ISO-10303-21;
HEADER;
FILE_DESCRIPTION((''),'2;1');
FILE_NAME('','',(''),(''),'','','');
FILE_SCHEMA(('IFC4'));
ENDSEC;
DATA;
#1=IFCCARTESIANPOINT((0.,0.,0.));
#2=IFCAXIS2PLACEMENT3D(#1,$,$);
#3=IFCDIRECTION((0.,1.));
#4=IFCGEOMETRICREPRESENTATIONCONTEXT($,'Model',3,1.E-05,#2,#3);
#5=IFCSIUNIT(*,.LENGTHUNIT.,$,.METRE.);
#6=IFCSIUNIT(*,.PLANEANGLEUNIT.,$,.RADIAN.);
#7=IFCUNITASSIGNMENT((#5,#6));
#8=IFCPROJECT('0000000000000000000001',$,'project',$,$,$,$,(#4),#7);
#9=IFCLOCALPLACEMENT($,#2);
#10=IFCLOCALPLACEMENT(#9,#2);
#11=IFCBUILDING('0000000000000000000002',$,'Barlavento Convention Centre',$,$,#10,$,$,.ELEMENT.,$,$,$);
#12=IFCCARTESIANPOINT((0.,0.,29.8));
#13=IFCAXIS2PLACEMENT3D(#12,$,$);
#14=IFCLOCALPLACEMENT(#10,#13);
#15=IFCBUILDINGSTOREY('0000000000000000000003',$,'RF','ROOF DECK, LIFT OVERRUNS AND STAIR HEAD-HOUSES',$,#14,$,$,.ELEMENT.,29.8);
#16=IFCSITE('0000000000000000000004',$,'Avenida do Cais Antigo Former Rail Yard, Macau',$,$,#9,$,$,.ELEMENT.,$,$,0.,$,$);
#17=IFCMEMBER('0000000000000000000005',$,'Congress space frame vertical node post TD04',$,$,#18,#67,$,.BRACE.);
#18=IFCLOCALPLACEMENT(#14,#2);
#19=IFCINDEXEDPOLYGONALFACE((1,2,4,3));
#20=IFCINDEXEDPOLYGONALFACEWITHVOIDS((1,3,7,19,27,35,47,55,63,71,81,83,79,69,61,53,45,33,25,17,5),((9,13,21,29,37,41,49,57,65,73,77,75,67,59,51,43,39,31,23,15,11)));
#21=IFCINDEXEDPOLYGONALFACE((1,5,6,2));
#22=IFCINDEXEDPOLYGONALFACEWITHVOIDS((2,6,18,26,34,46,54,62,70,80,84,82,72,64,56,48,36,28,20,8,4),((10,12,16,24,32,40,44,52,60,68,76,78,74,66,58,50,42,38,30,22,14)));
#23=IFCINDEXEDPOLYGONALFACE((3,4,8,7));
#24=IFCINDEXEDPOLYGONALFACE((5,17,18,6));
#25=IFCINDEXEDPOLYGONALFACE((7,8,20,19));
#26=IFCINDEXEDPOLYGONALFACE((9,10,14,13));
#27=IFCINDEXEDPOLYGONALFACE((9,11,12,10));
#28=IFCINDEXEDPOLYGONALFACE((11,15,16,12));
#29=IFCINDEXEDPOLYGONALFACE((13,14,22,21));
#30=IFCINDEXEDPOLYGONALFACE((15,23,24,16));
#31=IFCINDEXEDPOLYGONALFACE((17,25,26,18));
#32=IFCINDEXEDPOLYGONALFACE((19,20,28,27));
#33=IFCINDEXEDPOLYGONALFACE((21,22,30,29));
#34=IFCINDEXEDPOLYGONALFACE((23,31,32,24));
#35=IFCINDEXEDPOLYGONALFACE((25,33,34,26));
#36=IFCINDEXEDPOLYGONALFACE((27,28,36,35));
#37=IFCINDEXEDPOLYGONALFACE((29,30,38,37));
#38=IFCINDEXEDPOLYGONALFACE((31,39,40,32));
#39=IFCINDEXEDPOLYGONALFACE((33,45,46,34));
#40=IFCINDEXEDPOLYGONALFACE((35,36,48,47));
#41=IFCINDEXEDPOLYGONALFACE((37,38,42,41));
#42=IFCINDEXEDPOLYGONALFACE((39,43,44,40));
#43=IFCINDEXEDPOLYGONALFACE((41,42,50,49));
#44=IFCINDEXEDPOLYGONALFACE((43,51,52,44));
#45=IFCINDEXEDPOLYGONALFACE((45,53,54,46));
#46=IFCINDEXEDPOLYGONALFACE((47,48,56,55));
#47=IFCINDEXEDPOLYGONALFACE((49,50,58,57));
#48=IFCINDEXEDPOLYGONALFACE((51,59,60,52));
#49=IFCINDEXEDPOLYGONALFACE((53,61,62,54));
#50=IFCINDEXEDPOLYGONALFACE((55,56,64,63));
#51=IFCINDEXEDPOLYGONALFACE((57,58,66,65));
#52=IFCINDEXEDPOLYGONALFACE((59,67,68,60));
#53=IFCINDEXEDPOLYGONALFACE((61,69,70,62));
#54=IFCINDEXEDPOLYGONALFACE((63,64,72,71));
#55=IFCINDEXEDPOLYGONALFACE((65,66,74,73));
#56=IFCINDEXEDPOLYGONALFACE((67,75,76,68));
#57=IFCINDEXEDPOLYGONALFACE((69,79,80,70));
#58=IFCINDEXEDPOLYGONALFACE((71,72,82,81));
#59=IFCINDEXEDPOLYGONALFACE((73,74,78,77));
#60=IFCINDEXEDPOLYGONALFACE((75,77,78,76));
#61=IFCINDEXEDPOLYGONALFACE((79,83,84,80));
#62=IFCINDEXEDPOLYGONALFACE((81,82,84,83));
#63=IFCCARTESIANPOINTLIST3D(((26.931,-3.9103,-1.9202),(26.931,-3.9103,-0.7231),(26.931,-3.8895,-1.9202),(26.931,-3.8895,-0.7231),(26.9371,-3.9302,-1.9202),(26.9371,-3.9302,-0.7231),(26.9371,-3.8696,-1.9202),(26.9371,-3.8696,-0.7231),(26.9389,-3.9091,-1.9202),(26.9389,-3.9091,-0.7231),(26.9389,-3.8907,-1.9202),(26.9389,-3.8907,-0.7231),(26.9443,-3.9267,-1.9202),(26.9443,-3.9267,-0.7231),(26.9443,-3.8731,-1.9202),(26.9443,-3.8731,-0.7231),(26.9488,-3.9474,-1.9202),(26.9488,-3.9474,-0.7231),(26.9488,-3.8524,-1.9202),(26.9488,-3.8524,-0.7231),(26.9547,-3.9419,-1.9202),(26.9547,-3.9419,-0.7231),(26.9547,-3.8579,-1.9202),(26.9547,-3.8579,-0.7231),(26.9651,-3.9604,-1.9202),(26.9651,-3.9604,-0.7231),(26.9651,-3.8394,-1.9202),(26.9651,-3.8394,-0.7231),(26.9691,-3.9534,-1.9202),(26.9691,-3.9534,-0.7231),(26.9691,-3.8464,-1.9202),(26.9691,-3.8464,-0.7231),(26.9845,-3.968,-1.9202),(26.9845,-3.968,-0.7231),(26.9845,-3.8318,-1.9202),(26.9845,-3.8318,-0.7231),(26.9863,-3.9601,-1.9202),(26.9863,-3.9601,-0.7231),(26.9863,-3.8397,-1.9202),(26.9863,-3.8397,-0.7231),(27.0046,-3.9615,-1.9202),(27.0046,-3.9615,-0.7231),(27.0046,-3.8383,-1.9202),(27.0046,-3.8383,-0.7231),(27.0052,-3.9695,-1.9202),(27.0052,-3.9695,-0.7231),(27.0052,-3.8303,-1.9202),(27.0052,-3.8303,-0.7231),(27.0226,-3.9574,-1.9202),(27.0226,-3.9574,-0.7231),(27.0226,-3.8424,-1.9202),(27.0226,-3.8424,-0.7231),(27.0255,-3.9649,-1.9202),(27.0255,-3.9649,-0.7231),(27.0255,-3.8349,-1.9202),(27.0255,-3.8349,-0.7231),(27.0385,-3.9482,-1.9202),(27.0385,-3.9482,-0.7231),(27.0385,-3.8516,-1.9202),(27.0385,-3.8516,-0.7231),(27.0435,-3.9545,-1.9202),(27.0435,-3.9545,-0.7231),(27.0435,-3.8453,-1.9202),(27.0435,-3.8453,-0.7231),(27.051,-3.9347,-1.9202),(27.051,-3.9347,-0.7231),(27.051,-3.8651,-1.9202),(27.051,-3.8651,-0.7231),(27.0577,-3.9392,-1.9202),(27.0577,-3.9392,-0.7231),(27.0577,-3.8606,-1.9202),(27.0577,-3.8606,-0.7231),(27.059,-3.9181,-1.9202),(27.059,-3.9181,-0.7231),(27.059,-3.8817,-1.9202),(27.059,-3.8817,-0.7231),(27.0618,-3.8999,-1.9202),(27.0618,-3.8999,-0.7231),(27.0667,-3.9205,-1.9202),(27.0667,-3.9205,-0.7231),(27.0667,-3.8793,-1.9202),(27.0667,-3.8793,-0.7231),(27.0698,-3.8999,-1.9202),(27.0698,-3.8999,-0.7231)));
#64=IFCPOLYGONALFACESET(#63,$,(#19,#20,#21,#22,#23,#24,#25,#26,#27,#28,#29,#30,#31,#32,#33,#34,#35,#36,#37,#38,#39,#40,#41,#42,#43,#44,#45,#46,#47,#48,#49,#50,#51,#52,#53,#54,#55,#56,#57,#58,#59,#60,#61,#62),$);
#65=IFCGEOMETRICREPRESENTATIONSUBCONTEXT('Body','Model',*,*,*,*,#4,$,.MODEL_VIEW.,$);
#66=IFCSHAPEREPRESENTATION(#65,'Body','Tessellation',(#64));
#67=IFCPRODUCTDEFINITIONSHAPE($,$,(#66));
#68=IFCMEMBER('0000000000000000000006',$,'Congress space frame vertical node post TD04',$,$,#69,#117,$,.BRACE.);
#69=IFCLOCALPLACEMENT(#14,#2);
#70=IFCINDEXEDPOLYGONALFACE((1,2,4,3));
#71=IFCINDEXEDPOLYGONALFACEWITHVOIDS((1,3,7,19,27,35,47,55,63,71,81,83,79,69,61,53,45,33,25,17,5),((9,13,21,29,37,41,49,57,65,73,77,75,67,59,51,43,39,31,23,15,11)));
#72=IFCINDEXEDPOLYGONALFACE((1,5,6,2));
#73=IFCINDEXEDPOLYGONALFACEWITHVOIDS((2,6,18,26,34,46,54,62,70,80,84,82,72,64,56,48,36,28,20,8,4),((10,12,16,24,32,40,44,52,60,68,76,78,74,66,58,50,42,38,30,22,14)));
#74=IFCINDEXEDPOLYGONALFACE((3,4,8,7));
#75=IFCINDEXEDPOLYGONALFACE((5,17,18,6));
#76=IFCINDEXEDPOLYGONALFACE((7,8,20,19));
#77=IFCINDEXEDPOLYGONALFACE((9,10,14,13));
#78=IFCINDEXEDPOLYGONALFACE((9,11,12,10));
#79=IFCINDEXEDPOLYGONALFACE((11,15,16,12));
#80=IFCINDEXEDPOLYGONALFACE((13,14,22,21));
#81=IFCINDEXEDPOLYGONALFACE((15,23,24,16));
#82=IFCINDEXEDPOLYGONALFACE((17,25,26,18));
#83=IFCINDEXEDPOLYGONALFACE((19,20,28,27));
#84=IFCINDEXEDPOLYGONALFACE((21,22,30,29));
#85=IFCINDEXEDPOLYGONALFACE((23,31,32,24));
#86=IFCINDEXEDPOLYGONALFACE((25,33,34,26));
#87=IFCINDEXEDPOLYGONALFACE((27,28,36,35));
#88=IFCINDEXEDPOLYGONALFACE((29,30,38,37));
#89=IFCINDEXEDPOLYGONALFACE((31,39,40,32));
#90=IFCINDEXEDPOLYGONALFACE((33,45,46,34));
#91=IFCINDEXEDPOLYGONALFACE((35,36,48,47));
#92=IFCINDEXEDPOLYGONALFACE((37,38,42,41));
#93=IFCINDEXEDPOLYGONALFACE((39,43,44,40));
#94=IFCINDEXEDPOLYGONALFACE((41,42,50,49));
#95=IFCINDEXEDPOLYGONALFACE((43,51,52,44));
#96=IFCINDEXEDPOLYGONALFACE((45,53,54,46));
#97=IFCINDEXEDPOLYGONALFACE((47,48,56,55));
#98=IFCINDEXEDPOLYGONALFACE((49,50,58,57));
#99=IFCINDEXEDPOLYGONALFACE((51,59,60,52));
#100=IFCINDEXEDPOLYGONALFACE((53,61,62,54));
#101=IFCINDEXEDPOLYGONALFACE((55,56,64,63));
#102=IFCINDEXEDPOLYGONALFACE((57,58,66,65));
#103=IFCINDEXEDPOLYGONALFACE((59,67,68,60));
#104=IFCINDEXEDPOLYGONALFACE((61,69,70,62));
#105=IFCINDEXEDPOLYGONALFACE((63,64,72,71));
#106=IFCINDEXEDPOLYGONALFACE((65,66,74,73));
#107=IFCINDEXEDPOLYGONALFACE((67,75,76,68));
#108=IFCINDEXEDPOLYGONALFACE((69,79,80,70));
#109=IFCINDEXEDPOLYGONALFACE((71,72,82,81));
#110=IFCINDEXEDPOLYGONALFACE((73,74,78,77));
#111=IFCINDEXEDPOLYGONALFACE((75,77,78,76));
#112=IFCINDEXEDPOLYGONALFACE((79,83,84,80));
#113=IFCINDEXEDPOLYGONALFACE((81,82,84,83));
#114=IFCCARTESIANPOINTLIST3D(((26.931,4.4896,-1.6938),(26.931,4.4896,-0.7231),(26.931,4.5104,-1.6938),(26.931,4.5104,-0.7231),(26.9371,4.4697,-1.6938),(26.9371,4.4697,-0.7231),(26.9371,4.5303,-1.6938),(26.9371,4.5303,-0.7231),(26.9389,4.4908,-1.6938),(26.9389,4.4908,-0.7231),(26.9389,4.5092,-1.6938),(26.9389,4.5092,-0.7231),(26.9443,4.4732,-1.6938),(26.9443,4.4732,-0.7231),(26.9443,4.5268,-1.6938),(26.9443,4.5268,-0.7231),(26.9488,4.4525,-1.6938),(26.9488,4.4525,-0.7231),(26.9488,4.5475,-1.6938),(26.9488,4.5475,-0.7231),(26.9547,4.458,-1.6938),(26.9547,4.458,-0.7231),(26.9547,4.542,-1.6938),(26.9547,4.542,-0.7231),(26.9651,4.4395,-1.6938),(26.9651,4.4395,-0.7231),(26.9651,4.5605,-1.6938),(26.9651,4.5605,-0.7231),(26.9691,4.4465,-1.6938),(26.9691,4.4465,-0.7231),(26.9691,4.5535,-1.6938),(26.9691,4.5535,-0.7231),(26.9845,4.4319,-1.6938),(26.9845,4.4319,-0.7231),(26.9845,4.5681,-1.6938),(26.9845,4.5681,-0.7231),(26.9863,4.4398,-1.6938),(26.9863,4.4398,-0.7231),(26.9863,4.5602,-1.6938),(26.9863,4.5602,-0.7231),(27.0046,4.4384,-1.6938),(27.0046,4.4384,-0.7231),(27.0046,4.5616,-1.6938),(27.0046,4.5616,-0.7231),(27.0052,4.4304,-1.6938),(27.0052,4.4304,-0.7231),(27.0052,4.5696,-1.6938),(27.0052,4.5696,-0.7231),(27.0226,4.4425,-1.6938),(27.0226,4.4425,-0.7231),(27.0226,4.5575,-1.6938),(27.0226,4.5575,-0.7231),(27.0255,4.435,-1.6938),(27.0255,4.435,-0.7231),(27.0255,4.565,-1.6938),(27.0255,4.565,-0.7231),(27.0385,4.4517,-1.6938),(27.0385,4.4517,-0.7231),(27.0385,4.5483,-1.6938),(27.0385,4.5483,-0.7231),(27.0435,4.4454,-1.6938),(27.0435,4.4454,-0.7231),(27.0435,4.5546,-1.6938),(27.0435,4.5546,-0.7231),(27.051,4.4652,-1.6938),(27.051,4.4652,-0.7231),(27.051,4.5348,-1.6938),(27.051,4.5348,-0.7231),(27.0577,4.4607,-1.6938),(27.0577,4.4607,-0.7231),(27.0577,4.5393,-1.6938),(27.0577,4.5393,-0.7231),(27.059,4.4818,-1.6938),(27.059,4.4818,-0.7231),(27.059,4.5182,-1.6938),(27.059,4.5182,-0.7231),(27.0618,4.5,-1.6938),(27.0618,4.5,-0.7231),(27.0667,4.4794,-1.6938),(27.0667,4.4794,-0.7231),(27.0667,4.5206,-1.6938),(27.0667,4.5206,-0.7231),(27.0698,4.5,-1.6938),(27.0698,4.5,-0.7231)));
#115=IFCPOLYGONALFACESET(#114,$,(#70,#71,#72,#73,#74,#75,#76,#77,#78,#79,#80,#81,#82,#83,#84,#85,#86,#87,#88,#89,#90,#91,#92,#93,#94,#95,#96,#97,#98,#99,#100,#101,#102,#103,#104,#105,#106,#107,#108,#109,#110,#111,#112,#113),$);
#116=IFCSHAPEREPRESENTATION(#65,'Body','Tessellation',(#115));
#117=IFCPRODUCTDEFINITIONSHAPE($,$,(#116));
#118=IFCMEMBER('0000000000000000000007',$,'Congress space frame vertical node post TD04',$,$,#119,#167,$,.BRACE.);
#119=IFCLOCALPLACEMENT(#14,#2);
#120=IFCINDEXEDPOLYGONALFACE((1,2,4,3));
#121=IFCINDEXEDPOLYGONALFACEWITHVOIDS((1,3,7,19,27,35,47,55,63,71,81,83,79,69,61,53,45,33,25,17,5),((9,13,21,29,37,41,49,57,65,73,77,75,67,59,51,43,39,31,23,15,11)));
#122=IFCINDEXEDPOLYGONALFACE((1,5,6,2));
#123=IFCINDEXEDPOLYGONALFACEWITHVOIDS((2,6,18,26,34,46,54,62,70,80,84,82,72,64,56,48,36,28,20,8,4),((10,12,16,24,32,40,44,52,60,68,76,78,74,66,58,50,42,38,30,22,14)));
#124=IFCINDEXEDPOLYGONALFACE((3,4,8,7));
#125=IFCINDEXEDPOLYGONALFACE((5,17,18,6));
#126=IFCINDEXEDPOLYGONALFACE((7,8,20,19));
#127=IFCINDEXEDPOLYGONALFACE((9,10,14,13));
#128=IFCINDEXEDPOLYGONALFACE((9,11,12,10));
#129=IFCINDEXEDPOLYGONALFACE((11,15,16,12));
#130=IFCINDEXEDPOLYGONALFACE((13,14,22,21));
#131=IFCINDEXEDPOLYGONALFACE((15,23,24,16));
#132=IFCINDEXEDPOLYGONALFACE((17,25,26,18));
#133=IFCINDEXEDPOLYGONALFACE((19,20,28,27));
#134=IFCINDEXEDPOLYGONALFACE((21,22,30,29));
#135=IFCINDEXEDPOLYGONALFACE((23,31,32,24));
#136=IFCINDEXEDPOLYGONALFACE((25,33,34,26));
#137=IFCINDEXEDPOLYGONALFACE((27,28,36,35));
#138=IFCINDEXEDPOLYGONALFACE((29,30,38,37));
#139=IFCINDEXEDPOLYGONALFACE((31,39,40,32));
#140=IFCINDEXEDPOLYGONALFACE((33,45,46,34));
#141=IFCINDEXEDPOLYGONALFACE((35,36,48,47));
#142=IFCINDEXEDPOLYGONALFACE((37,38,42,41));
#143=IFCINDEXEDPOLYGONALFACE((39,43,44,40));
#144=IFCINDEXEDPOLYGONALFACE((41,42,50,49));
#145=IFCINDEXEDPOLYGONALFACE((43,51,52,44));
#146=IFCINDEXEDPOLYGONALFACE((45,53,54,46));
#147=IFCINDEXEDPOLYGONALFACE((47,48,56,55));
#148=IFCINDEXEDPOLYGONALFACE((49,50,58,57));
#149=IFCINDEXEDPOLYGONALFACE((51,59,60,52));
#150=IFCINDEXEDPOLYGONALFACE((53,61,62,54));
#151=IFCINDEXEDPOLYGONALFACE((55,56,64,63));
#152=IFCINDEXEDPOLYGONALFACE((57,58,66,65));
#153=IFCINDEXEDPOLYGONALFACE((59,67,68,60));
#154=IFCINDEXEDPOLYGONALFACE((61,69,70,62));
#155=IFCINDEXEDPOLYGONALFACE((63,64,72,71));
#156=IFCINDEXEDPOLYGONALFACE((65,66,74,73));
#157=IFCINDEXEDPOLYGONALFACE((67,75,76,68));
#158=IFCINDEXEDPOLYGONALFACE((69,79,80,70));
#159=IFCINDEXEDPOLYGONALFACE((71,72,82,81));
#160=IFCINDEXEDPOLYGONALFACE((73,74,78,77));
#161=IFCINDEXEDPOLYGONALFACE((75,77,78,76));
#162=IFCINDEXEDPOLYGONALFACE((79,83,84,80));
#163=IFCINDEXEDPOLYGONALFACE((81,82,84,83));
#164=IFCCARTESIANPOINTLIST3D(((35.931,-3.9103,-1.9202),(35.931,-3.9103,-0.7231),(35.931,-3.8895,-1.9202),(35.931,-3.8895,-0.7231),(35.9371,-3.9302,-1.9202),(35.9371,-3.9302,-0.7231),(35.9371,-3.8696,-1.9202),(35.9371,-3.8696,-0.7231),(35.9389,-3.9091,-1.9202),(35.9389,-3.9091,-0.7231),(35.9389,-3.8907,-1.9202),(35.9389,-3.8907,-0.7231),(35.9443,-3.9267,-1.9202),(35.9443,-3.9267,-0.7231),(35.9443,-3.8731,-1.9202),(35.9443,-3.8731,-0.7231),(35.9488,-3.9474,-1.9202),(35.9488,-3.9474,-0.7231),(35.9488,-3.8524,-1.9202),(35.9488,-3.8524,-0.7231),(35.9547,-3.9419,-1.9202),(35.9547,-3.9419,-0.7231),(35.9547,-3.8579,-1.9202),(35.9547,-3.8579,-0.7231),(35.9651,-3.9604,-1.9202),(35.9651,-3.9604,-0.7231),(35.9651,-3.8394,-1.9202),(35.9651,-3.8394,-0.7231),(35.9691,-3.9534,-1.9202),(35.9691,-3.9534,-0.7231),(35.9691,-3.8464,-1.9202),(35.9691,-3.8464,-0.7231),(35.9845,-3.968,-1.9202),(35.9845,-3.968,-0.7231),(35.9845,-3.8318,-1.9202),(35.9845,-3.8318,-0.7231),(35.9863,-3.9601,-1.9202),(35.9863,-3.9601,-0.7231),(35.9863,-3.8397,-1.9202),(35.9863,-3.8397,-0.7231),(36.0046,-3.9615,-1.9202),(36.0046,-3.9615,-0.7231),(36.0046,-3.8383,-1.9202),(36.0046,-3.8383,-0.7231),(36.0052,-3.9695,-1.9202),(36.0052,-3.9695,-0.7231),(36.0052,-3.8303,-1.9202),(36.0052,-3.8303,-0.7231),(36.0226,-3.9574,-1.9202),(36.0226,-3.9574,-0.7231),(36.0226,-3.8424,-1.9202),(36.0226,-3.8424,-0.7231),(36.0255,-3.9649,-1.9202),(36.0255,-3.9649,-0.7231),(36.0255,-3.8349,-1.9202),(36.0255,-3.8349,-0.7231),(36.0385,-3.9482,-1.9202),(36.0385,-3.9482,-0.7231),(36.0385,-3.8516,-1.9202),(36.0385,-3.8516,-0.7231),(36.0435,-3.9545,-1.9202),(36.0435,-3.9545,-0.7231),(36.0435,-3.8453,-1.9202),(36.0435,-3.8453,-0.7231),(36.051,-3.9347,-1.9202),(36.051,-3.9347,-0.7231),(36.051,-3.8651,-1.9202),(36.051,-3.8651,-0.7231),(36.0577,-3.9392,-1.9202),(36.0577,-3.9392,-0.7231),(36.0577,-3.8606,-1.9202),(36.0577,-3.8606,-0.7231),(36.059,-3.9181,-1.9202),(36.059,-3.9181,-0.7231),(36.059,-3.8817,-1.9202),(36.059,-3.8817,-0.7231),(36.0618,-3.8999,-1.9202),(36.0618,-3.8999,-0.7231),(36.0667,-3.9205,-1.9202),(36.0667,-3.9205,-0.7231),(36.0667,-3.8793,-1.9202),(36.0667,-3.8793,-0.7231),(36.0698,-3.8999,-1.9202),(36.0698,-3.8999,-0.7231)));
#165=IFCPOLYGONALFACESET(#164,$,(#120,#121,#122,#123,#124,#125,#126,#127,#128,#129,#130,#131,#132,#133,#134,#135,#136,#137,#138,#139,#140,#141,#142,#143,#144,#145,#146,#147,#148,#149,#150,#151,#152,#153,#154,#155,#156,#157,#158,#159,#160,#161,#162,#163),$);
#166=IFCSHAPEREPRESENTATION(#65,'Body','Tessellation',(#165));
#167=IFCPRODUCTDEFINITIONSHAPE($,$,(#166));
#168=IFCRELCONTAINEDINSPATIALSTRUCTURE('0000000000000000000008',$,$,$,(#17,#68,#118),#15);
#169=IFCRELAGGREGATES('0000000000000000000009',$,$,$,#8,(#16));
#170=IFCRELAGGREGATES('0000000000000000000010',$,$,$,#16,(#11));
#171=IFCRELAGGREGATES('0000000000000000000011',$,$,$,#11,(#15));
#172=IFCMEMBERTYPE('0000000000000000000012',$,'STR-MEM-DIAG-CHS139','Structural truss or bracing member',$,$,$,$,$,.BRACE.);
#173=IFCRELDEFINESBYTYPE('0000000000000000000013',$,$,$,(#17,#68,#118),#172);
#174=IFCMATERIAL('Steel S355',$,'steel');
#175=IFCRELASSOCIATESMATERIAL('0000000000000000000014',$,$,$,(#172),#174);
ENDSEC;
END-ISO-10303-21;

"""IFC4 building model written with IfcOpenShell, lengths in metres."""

from ifc_helpers import new_model, si_unit, direction, frame, origin, origin_2d, place, context, subcontext, project, spatial, hollow_circle, extrude, material, material_profile, profile_set, type_object, element, save


model = new_model("IFC4")

# Units and contexts
model_context = context("Model", 3, precision=1e-05, world=origin(), true_north=direction((0.0, 1.0)))
body_context = subcontext(model_context, "Body", "Model", "MODEL_VIEW")
ifc_project = project(units=[si_unit("LENGTHUNIT", "METRE"), si_unit("PLANEANGLEUNIT", "RADIAN")], contexts=[model_context])

# Site, building, storey
site_placement = place(None, origin())
site = spatial("IfcSite", under=ifc_project, at=site_placement, Name="Avenida do Cais Antigo Former Rail Yard, Macau", CompositionType="ELEMENT", RefElevation=0.0)
building_placement = place(site_placement, origin())
building = spatial("IfcBuilding", under=site, at=building_placement, Name="Barlavento Convention Centre", CompositionType="ELEMENT")
storey_placement = place(building_placement, frame((0.0, 0.0, 29.8)))
storey = spatial("IfcBuildingStorey", under=building, at=storey_placement, Name="RF", Description="ROOF DECK, LIFT OVERRUNS AND STAIR HEAD-HOUSES", CompositionType="ELEMENT", Elevation=29.8)

# Shared definitions
ifc_material_1 = material(Name="Steel S355", Category="steel")

# Members
ifc_material_profile_1 = material_profile(ifc_material_1, hollow_circle(Radius=0.0698, WallThickness=0.0081, at=origin_2d()), Name="CHS 139.7x8.0")
ifc_profile_set_1 = profile_set([ifc_material_profile_1], Name="Steel S355")
member_type_1 = type_object("IfcMemberType", Name="STR-MEM-DIAG-CHS139", Description="Structural truss or bracing member", PredefinedType="BRACE", material=ifc_profile_set_1)
member_1_placement = place(storey_placement, frame((27.0, -3.8999, -1.9202), z_axis=(0.0, 0.0, 1.0), x_axis=(1.0, 0.0, 0.0)))
element("IfcMember", 1, at=member_1_placement, inside=storey, type_object=member_type_1, Name="Congress space frame vertical node post TD04", PredefinedType="BRACE", context=body_context, shape_type="SweptSolid", body=[
    extrude(hollow_circle(Radius=0.0698, WallThickness=0.0081, at=origin_2d()), origin(), (0.0, 0.0, 1.0), 1.197),
])
member_2_placement = place(storey_placement, frame((27.0, 4.5, -1.6938), z_axis=(0.0, 0.0, 1.0), x_axis=(1.0, 0.0, 0.0)))
element("IfcMember", 2, at=member_2_placement, inside=storey, type_object=member_type_1, Name="Congress space frame vertical node post TD04", PredefinedType="BRACE", context=body_context, shape_type="SweptSolid", body=[
    extrude(hollow_circle(Radius=0.0698, WallThickness=0.0081, at=origin_2d()), origin(), (0.0, 0.0, 1.0), 0.9707),
])
member_3_placement = place(storey_placement, frame((36.0, -3.8999, -1.9202), z_axis=(0.0, 0.0, 1.0), x_axis=(1.0, 0.0, 0.0)))
element("IfcMember", 3, at=member_3_placement, inside=storey, type_object=member_type_1, Name="Congress space frame vertical node post TD04", PredefinedType="BRACE", context=body_context, shape_type="SweptSolid", body=[
    extrude(hollow_circle(Radius=0.0698, WallThickness=0.0081, at=origin_2d()), origin(), (0.0, 0.0, 1.0), 1.197),
])

save(model, "model.ifc")
